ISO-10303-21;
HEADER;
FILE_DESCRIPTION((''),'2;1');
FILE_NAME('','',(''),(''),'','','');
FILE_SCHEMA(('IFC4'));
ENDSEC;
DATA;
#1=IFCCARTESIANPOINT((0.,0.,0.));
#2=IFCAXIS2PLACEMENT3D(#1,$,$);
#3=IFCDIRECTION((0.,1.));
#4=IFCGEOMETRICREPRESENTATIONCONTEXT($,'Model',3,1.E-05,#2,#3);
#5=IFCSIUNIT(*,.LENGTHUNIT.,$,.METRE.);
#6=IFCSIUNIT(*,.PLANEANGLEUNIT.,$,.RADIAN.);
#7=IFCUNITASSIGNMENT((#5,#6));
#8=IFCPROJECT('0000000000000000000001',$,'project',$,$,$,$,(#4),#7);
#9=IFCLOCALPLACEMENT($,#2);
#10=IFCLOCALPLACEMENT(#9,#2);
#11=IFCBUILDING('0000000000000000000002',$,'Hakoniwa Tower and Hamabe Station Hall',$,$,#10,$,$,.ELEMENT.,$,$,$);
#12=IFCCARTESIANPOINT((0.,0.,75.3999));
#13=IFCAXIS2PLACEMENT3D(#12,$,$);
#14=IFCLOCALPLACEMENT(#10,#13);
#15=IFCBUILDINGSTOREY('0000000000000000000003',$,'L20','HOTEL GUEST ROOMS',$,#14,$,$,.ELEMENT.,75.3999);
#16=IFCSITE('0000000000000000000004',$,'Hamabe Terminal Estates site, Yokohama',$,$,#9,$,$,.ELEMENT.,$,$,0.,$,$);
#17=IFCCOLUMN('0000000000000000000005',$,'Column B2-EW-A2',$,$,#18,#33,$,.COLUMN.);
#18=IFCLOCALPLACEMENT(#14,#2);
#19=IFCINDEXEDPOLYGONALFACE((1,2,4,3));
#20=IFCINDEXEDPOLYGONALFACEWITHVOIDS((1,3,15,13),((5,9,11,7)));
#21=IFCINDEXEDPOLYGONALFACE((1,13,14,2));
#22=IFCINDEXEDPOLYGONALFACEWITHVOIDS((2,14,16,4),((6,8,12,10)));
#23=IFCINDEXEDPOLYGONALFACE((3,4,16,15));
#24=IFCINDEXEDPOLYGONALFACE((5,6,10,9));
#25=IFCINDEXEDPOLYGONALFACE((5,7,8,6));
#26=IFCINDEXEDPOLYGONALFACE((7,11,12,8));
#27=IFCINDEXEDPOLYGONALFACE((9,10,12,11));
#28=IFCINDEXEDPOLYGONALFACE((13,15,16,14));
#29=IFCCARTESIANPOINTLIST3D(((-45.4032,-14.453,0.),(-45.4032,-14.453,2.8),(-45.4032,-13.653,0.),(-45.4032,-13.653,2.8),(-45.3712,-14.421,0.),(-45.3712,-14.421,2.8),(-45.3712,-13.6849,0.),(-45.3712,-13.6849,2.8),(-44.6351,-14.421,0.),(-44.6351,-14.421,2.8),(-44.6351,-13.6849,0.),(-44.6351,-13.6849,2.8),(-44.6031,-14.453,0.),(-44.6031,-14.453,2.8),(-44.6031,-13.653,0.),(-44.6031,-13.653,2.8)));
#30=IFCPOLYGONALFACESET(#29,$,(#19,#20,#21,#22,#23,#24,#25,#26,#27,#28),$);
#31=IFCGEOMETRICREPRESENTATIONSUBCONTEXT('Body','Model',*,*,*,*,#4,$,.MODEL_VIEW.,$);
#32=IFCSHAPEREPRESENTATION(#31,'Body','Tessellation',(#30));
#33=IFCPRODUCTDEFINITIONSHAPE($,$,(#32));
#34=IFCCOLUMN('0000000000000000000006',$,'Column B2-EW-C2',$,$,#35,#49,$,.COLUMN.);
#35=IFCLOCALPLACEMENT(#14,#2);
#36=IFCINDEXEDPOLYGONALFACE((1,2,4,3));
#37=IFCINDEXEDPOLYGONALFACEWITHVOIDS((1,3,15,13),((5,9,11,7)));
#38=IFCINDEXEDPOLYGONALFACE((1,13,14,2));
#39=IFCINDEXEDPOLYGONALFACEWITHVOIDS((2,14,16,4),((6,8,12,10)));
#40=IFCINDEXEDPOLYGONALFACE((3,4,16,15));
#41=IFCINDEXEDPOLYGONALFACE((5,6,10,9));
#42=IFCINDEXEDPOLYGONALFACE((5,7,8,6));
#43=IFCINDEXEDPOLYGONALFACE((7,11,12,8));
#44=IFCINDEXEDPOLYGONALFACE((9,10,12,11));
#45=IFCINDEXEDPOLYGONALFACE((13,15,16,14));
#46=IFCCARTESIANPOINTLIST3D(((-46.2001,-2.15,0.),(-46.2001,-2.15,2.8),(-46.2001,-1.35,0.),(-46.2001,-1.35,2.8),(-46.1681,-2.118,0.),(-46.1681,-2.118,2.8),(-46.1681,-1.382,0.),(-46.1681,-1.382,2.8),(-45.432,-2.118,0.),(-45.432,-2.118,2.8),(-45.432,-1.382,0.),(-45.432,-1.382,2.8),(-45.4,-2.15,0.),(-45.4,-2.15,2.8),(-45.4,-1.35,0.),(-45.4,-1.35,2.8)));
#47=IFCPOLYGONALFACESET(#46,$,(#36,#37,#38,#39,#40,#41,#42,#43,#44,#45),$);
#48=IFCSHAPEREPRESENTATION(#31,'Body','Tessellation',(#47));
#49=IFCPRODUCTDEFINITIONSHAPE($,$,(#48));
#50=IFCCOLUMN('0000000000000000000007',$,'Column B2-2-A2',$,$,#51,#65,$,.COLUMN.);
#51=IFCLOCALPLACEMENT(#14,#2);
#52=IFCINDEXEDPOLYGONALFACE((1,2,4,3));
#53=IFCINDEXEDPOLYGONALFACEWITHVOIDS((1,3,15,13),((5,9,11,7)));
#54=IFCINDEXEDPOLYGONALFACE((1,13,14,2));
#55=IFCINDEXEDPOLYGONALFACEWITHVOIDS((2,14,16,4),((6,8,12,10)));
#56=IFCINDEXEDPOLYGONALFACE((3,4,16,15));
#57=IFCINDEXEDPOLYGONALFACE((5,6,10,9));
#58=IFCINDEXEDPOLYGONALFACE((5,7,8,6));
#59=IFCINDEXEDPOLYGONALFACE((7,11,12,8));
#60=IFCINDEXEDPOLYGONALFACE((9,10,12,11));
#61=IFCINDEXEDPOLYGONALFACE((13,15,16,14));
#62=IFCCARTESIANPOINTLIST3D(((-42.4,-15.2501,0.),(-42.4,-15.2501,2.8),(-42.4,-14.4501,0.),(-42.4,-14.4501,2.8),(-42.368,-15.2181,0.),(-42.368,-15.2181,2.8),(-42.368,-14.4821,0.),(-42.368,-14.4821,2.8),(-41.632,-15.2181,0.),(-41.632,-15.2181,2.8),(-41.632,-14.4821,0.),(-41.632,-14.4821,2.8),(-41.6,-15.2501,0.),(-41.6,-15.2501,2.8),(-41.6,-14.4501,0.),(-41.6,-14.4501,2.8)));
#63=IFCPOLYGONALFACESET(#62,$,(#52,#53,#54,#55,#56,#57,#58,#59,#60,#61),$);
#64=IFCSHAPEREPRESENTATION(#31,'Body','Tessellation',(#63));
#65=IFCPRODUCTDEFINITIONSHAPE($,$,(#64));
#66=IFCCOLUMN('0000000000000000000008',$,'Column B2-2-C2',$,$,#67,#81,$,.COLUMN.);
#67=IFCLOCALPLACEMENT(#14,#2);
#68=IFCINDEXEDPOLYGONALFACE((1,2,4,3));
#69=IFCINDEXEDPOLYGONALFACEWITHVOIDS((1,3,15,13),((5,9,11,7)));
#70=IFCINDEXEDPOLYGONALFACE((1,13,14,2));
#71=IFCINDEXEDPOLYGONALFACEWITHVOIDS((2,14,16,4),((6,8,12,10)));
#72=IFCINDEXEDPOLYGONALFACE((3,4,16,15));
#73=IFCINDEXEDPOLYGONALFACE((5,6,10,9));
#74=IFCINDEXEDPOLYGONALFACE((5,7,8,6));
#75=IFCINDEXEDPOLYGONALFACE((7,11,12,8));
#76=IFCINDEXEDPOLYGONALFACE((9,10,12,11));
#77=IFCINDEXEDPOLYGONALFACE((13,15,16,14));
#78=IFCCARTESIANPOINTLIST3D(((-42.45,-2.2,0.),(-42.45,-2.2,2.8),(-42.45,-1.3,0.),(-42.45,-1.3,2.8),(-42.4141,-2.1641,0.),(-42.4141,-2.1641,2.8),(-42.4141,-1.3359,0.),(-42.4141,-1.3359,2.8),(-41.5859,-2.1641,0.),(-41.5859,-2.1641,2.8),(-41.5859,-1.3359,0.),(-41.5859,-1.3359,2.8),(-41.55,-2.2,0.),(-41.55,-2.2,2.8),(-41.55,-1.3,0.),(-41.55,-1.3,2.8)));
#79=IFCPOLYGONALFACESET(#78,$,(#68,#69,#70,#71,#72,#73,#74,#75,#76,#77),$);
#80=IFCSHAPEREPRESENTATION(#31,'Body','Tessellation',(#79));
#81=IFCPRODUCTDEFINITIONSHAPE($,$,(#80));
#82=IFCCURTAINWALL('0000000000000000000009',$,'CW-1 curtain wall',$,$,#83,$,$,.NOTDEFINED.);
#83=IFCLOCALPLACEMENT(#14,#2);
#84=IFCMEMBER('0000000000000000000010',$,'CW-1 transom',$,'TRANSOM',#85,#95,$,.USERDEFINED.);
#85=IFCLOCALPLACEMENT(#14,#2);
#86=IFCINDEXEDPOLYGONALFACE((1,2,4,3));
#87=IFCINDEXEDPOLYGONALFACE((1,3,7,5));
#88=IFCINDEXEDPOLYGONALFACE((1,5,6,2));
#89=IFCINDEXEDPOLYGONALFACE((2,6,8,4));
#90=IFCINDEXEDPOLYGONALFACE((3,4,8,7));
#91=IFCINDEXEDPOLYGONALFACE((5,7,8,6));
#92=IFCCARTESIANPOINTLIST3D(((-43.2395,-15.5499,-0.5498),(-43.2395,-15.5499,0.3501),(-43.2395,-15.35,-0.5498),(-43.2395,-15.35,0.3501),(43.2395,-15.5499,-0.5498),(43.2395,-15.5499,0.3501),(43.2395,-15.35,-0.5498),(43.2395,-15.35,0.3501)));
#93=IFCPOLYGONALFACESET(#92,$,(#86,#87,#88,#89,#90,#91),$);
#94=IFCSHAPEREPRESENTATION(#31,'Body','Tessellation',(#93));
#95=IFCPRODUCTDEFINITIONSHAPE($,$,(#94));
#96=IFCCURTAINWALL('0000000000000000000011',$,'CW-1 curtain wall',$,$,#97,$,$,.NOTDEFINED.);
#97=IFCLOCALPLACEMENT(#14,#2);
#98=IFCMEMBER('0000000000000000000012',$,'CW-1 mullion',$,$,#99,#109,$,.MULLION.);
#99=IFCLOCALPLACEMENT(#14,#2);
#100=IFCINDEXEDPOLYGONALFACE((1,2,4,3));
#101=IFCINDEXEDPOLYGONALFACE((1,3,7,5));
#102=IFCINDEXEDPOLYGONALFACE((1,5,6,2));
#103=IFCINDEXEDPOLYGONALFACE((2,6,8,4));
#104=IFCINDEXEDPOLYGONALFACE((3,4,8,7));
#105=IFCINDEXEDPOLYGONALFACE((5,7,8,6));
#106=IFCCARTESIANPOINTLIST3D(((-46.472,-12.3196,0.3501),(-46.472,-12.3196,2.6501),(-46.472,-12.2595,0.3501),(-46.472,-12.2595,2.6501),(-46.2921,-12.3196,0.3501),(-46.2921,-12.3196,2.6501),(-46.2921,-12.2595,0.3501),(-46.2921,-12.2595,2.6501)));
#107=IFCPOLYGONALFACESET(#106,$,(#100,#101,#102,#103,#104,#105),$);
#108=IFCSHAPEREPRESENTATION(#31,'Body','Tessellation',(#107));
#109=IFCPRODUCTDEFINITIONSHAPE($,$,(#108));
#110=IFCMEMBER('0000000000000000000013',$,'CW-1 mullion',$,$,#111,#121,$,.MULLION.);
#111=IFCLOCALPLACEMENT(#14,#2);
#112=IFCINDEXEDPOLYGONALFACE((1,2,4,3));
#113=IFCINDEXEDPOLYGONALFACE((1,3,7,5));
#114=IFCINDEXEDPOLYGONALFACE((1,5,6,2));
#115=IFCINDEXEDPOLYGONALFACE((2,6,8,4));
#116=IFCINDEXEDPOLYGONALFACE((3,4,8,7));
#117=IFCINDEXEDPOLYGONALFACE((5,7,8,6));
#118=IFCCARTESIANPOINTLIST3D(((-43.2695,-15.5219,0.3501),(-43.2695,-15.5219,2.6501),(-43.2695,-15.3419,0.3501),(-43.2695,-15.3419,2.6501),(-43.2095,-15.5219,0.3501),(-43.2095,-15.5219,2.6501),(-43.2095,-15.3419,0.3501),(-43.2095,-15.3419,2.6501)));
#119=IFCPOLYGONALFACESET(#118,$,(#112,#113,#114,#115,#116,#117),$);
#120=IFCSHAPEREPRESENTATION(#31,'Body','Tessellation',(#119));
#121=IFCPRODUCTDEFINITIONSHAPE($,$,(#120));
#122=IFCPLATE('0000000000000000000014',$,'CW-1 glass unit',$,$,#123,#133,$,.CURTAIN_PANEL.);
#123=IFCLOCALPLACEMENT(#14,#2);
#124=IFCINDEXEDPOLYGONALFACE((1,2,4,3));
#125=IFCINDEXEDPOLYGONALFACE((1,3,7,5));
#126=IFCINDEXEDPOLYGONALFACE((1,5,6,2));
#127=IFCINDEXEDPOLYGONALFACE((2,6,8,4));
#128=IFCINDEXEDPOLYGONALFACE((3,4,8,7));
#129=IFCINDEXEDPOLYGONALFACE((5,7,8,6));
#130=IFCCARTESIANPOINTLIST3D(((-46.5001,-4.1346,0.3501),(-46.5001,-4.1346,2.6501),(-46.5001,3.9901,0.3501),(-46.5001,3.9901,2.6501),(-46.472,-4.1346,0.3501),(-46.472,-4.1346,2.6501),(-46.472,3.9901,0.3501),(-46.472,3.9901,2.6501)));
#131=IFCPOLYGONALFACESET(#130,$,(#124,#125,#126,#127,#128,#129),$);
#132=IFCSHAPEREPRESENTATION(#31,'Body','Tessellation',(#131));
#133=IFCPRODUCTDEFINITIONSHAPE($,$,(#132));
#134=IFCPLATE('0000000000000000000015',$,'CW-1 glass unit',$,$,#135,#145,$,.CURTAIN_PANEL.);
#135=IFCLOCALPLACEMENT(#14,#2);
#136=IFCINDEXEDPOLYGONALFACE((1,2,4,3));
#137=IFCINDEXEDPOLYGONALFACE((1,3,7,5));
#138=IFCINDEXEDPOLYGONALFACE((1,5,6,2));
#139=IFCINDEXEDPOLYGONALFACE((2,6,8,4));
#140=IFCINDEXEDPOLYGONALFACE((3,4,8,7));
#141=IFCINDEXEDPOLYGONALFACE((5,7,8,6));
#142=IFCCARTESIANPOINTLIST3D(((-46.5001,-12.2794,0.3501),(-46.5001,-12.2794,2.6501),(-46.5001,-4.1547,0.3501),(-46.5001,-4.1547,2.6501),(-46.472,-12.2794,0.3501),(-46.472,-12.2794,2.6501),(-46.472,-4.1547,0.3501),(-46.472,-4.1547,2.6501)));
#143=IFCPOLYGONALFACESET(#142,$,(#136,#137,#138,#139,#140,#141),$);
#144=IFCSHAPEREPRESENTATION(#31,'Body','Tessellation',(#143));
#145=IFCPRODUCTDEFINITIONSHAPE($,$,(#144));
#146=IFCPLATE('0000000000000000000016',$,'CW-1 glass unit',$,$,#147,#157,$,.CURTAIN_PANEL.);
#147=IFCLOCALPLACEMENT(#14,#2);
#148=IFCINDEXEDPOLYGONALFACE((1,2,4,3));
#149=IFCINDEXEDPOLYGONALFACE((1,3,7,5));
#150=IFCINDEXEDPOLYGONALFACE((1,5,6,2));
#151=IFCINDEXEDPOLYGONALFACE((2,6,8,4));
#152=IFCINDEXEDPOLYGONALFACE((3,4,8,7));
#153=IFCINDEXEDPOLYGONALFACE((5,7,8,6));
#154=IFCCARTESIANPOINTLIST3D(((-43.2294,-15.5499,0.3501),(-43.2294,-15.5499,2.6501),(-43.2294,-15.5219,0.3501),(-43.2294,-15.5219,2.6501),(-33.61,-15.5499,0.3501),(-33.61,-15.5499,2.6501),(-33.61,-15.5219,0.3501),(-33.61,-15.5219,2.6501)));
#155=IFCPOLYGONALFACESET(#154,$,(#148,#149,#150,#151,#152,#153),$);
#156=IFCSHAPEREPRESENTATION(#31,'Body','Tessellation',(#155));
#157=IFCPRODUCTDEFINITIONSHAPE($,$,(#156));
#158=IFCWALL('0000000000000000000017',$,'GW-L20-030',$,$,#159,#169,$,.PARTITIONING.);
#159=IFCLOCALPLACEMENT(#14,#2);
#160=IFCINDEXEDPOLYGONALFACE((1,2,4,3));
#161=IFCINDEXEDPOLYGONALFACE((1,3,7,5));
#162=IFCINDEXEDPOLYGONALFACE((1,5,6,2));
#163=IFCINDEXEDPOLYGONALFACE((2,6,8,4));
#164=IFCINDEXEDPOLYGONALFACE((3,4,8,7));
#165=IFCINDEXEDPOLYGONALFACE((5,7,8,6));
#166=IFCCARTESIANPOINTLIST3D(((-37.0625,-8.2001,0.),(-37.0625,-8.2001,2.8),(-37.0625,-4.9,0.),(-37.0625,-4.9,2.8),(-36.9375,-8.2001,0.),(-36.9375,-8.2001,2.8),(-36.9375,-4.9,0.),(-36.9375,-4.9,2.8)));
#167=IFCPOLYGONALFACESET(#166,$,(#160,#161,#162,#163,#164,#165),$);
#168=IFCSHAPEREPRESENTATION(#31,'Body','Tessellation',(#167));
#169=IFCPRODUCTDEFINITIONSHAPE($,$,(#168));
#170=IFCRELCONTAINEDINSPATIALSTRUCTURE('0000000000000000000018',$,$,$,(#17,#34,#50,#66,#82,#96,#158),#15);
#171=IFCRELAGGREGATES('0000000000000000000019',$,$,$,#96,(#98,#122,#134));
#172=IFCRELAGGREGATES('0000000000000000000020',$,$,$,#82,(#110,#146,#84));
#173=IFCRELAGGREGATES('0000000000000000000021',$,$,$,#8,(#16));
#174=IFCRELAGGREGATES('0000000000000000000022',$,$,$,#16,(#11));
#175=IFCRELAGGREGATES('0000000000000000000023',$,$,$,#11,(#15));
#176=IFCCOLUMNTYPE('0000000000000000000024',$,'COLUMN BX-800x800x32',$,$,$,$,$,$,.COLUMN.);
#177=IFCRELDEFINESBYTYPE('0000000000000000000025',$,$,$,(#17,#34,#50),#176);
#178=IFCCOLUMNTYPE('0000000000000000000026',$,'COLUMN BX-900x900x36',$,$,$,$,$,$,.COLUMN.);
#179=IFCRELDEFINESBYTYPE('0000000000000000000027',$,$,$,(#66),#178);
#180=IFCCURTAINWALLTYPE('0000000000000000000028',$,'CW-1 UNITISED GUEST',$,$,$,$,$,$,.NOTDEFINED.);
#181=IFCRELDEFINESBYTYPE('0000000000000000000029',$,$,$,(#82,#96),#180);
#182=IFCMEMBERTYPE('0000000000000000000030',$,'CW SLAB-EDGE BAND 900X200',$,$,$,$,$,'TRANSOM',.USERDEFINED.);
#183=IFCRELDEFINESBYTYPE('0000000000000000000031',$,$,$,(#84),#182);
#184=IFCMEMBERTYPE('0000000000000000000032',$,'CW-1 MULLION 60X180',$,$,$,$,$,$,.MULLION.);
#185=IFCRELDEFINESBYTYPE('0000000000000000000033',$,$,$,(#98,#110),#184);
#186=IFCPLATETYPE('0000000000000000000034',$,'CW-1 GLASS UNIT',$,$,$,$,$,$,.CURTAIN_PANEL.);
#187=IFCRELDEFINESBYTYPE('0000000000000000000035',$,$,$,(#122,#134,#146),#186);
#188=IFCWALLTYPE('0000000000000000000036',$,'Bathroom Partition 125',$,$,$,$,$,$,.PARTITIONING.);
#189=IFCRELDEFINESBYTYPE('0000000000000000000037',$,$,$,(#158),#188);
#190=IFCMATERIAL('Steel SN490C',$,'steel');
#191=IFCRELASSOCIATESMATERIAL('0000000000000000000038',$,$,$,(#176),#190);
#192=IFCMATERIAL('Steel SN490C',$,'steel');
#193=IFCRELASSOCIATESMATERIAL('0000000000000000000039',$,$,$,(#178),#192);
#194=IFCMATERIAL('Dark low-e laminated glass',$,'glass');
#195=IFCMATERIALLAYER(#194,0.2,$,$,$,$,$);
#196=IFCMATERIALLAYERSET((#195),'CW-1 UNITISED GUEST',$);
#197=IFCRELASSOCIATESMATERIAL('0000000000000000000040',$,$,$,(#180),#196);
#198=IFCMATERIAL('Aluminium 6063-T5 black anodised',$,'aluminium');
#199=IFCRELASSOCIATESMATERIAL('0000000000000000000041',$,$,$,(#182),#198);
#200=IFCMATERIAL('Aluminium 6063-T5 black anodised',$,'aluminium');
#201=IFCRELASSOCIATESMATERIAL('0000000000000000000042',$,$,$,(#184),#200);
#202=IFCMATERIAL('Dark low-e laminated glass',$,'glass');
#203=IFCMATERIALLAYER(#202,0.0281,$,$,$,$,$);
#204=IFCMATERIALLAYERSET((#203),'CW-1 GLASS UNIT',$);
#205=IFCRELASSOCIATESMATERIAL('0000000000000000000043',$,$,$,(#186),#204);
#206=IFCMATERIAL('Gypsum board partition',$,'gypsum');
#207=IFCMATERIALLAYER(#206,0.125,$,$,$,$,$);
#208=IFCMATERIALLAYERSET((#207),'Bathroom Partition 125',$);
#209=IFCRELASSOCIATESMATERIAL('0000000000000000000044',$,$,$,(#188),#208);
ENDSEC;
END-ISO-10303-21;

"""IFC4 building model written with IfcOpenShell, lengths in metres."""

from ifc_helpers import new_model, si_unit, direction, frame, frame_2d, origin, origin_2d, place, context, subcontext, project, spatial, rectangle, hollow_rectangle, extrude, material, layer, layer_set, material_profile, profile_set, type_object, element, aggregate, save


model = new_model("IFC4")

# Units and contexts
model_context = context("Model", 3, precision=1e-05, world=origin(), true_north=direction((0.0, 1.0)))
body_context = subcontext(model_context, "Body", "Model", "MODEL_VIEW")
ifc_project = project(units=[si_unit("LENGTHUNIT", "METRE"), si_unit("PLANEANGLEUNIT", "RADIAN")], contexts=[model_context])

# Site, building, storey
site_placement = place(None, origin())
site = spatial("IfcSite", under=ifc_project, at=site_placement, Name="Hamabe Terminal Estates site, Yokohama", CompositionType="ELEMENT", RefElevation=0.0)
building_placement = place(site_placement, origin())
building = spatial("IfcBuilding", under=site, at=building_placement, Name="Hakoniwa Tower and Hamabe Station Hall", CompositionType="ELEMENT")
storey_placement = place(building_placement, frame((0.0, 0.0, 75.3999)))
storey = spatial("IfcBuildingStorey", under=building, at=storey_placement, Name="L20", Description="HOTEL GUEST ROOMS", CompositionType="ELEMENT", Elevation=75.3999)

# Columns
ifc_material_1 = material(Name="Steel SN490C", Category="steel")
ifc_material_profile_1 = material_profile(ifc_material_1, hollow_rectangle(XDim=0.8, YDim=0.8, WallThickness=0.032, at=origin_2d()), Name="BX-800x800x32")
ifc_profile_set_1 = profile_set([ifc_material_profile_1], Name="Steel SN490C")
column_type_1 = type_object("IfcColumnType", Name="COLUMN BX-800x800x32", PredefinedType="COLUMN", material=ifc_profile_set_1)
for number, where, z_axis, x_axis, name in (
    (1, (-45.0032, -14.053, 0.0), (0.0, 0.0, 1.0), (1.0, 0.0, 0.0), "Column B2-EW-A2"),
    (2, (-45.8, -1.75, 0.0), (0.0, 0.0, 1.0), (1.0, 0.0, 0.0), "Column B2-EW-C2"),
    (3, (-42.0, -14.8501, 0.0), (0.0, 0.0, 1.0), (1.0, 0.0, 0.0), "Column B2-2-A2"),
):
    element("IfcColumn", number, at=place(storey_placement, frame(where, z_axis=z_axis, x_axis=x_axis)), inside=storey, type_object=column_type_1, Name=name, PredefinedType="COLUMN", context=body_context, shape_type="SweptSolid", body=[
        extrude(hollow_rectangle(XDim=0.8, YDim=0.8, WallThickness=0.032, at=origin_2d()), origin(), (0.0, 0.0, 1.0), 2.8),
    ])
ifc_material_2 = material(Name="Steel SN490C", Category="steel")
ifc_material_profile_2 = material_profile(ifc_material_2, hollow_rectangle(XDim=0.8999, YDim=0.8999, WallThickness=0.0359, at=origin_2d()), Name="BX-900x900x36")
ifc_profile_set_2 = profile_set([ifc_material_profile_2], Name="Steel SN490C")
column_type_2 = type_object("IfcColumnType", Name="COLUMN BX-900x900x36", PredefinedType="COLUMN", material=ifc_profile_set_2)
column_placement = place(storey_placement, frame((-42.0, -1.75, 0.0), z_axis=(0.0, 0.0, 1.0), x_axis=(1.0, 0.0, 0.0)))
element("IfcColumn", 4, at=column_placement, inside=storey, type_object=column_type_2, Name="Column B2-2-C2", PredefinedType="COLUMN", context=body_context, shape_type="SweptSolid", body=[
    extrude(hollow_rectangle(XDim=0.8999, YDim=0.8999, WallThickness=0.0359, at=origin_2d()), origin(), (0.0, 0.0, 1.0), 2.8),
])

# Curtain walls, members
ifc_material_3 = material(Name="Dark low-e laminated glass", Category="glass")
ifc_layer_1 = layer(ifc_material_3, 0.2)
ifc_layer_set_1 = layer_set([ifc_layer_1], Name="CW-1 UNITISED GUEST")
curtain_wall_type = type_object("IfcCurtainWallType", Name="CW-1 UNITISED GUEST", PredefinedType="NOTDEFINED", material=ifc_layer_set_1)
curtain_wall_1_placement = place(storey_placement, origin())
curtain_wall_1 = element("IfcCurtainWall", 5, at=curtain_wall_1_placement, inside=storey, type_object=curtain_wall_type, Name="CW-1 curtain wall", PredefinedType="NOTDEFINED")
ifc_material_4 = material(Name="Aluminium 6063-T5 black anodised", Category="aluminium")
ifc_material_profile_3 = material_profile(ifc_material_4, rectangle(XDim=0.2, YDim=0.8999, at=origin_2d()), Name="CW SLAB-EDGE BAND 900X200")
ifc_profile_set_3 = profile_set([ifc_material_profile_3], Name="Aluminium 6063-T5 black anodised")
member_type_1 = type_object("IfcMemberType", Name="CW SLAB-EDGE BAND 900X200", ElementType="TRANSOM", PredefinedType="USERDEFINED", material=ifc_profile_set_3)
member_1_placement = place(storey_placement, frame((-43.2395, -15.45, -0.0999), z_axis=(1.0, 0.0, 0.0), x_axis=(0.0, 1.0, 0.0)))
member_1 = element("IfcMember", 6, at=member_1_placement, type_object=member_type_1, Name="CW-1 transom", ObjectType="TRANSOM", PredefinedType="USERDEFINED", context=body_context, shape_type="SweptSolid", body=[
    extrude(rectangle(XDim=0.2, YDim=0.8999, at=origin_2d()), origin(), (0.0, 0.0, 1.0), 86.479),
])
curtain_wall_2_placement = place(storey_placement, origin())
curtain_wall_2 = element("IfcCurtainWall", 7, at=curtain_wall_2_placement, inside=storey, type_object=curtain_wall_type, Name="CW-1 curtain wall", PredefinedType="NOTDEFINED")
ifc_material_5 = material(Name="Aluminium 6063-T5 black anodised", Category="aluminium")
ifc_material_profile_4 = material_profile(ifc_material_5, rectangle(XDim=0.0601, YDim=0.1799, at=origin_2d()), Name="CW-1 MULLION 60X180")
ifc_profile_set_4 = profile_set([ifc_material_profile_4], Name="Aluminium 6063-T5 black anodised")
member_type_2 = type_object("IfcMemberType", Name="CW-1 MULLION 60X180", PredefinedType="MULLION", material=ifc_profile_set_4)
member_2_placement = place(storey_placement, frame((-46.3821, -12.2896, 0.3501), z_axis=(0.0, 0.0, 1.0), x_axis=(0.0, -1.0, 0.0)))
member_2 = element("IfcMember", 8, at=member_2_placement, type_object=member_type_2, Name="CW-1 mullion", PredefinedType="MULLION", context=body_context, shape_type="SweptSolid", body=[
    extrude(rectangle(XDim=0.0601, YDim=0.1799, at=origin_2d()), origin(), (0.0, 0.0, 1.0), 2.3),
])

# Member
member_3_placement = place(storey_placement, frame((-43.2395, -15.4319, 0.3501), z_axis=(0.0, 0.0, 1.0), x_axis=(1.0, 0.0, 0.0)))
member_3 = element("IfcMember", 9, at=member_3_placement, type_object=member_type_2, Name="CW-1 mullion", PredefinedType="MULLION", context=body_context, shape_type="SweptSolid", body=[
    extrude(rectangle(XDim=0.0601, YDim=0.1799, at=origin_2d()), origin(), (0.0, 0.0, 1.0), 2.3),
])

# Plates
ifc_material_6 = material(Name="Dark low-e laminated glass", Category="glass")
ifc_layer_2 = layer(ifc_material_6, 0.0281)
ifc_layer_set_2 = layer_set([ifc_layer_2], Name="CW-1 GLASS UNIT")
plate_type = type_object("IfcPlateType", Name="CW-1 GLASS UNIT", PredefinedType="CURTAIN_PANEL", material=ifc_layer_set_2)
plate_1_placement = place(storey_placement, frame((-46.4861, -0.0723, 0.3501), z_axis=(0.0, 0.0, 1.0), x_axis=(0.0, -1.0, 0.0)))
plate_1 = element("IfcPlate", 10, at=plate_1_placement, type_object=plate_type, Name="CW-1 glass unit", PredefinedType="CURTAIN_PANEL", context=body_context, shape_type="SweptSolid", body=[
    extrude(rectangle(XDim=8.1248, YDim=0.0281, at=origin_2d()), origin(), (0.0, 0.0, 1.0), 2.3),
])
plate_2_placement = place(storey_placement, frame((-46.4861, -8.217, 0.3501), z_axis=(0.0, 0.0, 1.0), x_axis=(0.0, -1.0, 0.0)))
plate_2 = element("IfcPlate", 11, at=plate_2_placement, type_object=plate_type, Name="CW-1 glass unit", PredefinedType="CURTAIN_PANEL", context=body_context, shape_type="SweptSolid", body=[
    extrude(rectangle(XDim=8.1248, YDim=0.0281, at=origin_2d()), origin(), (0.0, 0.0, 1.0), 2.3),
])
aggregate(curtain_wall_2, [member_2, plate_1, plate_2])
plate_3_placement = place(storey_placement, frame((-38.4197, -15.5359, 0.3501), z_axis=(0.0, 0.0, 1.0), x_axis=(1.0, 0.0, 0.0)))
plate_3 = element("IfcPlate", 12, at=plate_3_placement, type_object=plate_type, Name="CW-1 glass unit", PredefinedType="CURTAIN_PANEL", context=body_context, shape_type="SweptSolid", body=[
    extrude(rectangle(XDim=9.6194, YDim=0.0281, at=origin_2d()), origin(), (0.0, 0.0, 1.0), 2.3),
])
aggregate(curtain_wall_1, [member_3, plate_3, member_1])

# Wall
ifc_material_7 = material(Name="Gypsum board partition", Category="gypsum")
ifc_layer_3 = layer(ifc_material_7, 0.125)
ifc_layer_set_3 = layer_set([ifc_layer_3], Name="Bathroom Partition 125")
wall_type_1 = type_object("IfcWallType", Name="Bathroom Partition 125", PredefinedType="PARTITIONING", material=ifc_layer_set_3)
wall_1_placement = place(storey_placement, frame((-37.0, -8.2, 0.0), z_axis=(0.0, 0.0, 1.0), x_axis=(0.0, 1.0, 0.0)))
element("IfcWall", 13, at=wall_1_placement, inside=storey, type_object=wall_type_1, Name="GW-L20-030", PredefinedType="PARTITIONING", context=body_context, shape_type="SweptSolid", body=[
    extrude(rectangle(XDim=3.3, YDim=0.125, at=frame_2d((1.6499, 0.0))), origin(), (0.0, 0.0, 1.0), 2.8),
])

save(model, "model.ifc")
